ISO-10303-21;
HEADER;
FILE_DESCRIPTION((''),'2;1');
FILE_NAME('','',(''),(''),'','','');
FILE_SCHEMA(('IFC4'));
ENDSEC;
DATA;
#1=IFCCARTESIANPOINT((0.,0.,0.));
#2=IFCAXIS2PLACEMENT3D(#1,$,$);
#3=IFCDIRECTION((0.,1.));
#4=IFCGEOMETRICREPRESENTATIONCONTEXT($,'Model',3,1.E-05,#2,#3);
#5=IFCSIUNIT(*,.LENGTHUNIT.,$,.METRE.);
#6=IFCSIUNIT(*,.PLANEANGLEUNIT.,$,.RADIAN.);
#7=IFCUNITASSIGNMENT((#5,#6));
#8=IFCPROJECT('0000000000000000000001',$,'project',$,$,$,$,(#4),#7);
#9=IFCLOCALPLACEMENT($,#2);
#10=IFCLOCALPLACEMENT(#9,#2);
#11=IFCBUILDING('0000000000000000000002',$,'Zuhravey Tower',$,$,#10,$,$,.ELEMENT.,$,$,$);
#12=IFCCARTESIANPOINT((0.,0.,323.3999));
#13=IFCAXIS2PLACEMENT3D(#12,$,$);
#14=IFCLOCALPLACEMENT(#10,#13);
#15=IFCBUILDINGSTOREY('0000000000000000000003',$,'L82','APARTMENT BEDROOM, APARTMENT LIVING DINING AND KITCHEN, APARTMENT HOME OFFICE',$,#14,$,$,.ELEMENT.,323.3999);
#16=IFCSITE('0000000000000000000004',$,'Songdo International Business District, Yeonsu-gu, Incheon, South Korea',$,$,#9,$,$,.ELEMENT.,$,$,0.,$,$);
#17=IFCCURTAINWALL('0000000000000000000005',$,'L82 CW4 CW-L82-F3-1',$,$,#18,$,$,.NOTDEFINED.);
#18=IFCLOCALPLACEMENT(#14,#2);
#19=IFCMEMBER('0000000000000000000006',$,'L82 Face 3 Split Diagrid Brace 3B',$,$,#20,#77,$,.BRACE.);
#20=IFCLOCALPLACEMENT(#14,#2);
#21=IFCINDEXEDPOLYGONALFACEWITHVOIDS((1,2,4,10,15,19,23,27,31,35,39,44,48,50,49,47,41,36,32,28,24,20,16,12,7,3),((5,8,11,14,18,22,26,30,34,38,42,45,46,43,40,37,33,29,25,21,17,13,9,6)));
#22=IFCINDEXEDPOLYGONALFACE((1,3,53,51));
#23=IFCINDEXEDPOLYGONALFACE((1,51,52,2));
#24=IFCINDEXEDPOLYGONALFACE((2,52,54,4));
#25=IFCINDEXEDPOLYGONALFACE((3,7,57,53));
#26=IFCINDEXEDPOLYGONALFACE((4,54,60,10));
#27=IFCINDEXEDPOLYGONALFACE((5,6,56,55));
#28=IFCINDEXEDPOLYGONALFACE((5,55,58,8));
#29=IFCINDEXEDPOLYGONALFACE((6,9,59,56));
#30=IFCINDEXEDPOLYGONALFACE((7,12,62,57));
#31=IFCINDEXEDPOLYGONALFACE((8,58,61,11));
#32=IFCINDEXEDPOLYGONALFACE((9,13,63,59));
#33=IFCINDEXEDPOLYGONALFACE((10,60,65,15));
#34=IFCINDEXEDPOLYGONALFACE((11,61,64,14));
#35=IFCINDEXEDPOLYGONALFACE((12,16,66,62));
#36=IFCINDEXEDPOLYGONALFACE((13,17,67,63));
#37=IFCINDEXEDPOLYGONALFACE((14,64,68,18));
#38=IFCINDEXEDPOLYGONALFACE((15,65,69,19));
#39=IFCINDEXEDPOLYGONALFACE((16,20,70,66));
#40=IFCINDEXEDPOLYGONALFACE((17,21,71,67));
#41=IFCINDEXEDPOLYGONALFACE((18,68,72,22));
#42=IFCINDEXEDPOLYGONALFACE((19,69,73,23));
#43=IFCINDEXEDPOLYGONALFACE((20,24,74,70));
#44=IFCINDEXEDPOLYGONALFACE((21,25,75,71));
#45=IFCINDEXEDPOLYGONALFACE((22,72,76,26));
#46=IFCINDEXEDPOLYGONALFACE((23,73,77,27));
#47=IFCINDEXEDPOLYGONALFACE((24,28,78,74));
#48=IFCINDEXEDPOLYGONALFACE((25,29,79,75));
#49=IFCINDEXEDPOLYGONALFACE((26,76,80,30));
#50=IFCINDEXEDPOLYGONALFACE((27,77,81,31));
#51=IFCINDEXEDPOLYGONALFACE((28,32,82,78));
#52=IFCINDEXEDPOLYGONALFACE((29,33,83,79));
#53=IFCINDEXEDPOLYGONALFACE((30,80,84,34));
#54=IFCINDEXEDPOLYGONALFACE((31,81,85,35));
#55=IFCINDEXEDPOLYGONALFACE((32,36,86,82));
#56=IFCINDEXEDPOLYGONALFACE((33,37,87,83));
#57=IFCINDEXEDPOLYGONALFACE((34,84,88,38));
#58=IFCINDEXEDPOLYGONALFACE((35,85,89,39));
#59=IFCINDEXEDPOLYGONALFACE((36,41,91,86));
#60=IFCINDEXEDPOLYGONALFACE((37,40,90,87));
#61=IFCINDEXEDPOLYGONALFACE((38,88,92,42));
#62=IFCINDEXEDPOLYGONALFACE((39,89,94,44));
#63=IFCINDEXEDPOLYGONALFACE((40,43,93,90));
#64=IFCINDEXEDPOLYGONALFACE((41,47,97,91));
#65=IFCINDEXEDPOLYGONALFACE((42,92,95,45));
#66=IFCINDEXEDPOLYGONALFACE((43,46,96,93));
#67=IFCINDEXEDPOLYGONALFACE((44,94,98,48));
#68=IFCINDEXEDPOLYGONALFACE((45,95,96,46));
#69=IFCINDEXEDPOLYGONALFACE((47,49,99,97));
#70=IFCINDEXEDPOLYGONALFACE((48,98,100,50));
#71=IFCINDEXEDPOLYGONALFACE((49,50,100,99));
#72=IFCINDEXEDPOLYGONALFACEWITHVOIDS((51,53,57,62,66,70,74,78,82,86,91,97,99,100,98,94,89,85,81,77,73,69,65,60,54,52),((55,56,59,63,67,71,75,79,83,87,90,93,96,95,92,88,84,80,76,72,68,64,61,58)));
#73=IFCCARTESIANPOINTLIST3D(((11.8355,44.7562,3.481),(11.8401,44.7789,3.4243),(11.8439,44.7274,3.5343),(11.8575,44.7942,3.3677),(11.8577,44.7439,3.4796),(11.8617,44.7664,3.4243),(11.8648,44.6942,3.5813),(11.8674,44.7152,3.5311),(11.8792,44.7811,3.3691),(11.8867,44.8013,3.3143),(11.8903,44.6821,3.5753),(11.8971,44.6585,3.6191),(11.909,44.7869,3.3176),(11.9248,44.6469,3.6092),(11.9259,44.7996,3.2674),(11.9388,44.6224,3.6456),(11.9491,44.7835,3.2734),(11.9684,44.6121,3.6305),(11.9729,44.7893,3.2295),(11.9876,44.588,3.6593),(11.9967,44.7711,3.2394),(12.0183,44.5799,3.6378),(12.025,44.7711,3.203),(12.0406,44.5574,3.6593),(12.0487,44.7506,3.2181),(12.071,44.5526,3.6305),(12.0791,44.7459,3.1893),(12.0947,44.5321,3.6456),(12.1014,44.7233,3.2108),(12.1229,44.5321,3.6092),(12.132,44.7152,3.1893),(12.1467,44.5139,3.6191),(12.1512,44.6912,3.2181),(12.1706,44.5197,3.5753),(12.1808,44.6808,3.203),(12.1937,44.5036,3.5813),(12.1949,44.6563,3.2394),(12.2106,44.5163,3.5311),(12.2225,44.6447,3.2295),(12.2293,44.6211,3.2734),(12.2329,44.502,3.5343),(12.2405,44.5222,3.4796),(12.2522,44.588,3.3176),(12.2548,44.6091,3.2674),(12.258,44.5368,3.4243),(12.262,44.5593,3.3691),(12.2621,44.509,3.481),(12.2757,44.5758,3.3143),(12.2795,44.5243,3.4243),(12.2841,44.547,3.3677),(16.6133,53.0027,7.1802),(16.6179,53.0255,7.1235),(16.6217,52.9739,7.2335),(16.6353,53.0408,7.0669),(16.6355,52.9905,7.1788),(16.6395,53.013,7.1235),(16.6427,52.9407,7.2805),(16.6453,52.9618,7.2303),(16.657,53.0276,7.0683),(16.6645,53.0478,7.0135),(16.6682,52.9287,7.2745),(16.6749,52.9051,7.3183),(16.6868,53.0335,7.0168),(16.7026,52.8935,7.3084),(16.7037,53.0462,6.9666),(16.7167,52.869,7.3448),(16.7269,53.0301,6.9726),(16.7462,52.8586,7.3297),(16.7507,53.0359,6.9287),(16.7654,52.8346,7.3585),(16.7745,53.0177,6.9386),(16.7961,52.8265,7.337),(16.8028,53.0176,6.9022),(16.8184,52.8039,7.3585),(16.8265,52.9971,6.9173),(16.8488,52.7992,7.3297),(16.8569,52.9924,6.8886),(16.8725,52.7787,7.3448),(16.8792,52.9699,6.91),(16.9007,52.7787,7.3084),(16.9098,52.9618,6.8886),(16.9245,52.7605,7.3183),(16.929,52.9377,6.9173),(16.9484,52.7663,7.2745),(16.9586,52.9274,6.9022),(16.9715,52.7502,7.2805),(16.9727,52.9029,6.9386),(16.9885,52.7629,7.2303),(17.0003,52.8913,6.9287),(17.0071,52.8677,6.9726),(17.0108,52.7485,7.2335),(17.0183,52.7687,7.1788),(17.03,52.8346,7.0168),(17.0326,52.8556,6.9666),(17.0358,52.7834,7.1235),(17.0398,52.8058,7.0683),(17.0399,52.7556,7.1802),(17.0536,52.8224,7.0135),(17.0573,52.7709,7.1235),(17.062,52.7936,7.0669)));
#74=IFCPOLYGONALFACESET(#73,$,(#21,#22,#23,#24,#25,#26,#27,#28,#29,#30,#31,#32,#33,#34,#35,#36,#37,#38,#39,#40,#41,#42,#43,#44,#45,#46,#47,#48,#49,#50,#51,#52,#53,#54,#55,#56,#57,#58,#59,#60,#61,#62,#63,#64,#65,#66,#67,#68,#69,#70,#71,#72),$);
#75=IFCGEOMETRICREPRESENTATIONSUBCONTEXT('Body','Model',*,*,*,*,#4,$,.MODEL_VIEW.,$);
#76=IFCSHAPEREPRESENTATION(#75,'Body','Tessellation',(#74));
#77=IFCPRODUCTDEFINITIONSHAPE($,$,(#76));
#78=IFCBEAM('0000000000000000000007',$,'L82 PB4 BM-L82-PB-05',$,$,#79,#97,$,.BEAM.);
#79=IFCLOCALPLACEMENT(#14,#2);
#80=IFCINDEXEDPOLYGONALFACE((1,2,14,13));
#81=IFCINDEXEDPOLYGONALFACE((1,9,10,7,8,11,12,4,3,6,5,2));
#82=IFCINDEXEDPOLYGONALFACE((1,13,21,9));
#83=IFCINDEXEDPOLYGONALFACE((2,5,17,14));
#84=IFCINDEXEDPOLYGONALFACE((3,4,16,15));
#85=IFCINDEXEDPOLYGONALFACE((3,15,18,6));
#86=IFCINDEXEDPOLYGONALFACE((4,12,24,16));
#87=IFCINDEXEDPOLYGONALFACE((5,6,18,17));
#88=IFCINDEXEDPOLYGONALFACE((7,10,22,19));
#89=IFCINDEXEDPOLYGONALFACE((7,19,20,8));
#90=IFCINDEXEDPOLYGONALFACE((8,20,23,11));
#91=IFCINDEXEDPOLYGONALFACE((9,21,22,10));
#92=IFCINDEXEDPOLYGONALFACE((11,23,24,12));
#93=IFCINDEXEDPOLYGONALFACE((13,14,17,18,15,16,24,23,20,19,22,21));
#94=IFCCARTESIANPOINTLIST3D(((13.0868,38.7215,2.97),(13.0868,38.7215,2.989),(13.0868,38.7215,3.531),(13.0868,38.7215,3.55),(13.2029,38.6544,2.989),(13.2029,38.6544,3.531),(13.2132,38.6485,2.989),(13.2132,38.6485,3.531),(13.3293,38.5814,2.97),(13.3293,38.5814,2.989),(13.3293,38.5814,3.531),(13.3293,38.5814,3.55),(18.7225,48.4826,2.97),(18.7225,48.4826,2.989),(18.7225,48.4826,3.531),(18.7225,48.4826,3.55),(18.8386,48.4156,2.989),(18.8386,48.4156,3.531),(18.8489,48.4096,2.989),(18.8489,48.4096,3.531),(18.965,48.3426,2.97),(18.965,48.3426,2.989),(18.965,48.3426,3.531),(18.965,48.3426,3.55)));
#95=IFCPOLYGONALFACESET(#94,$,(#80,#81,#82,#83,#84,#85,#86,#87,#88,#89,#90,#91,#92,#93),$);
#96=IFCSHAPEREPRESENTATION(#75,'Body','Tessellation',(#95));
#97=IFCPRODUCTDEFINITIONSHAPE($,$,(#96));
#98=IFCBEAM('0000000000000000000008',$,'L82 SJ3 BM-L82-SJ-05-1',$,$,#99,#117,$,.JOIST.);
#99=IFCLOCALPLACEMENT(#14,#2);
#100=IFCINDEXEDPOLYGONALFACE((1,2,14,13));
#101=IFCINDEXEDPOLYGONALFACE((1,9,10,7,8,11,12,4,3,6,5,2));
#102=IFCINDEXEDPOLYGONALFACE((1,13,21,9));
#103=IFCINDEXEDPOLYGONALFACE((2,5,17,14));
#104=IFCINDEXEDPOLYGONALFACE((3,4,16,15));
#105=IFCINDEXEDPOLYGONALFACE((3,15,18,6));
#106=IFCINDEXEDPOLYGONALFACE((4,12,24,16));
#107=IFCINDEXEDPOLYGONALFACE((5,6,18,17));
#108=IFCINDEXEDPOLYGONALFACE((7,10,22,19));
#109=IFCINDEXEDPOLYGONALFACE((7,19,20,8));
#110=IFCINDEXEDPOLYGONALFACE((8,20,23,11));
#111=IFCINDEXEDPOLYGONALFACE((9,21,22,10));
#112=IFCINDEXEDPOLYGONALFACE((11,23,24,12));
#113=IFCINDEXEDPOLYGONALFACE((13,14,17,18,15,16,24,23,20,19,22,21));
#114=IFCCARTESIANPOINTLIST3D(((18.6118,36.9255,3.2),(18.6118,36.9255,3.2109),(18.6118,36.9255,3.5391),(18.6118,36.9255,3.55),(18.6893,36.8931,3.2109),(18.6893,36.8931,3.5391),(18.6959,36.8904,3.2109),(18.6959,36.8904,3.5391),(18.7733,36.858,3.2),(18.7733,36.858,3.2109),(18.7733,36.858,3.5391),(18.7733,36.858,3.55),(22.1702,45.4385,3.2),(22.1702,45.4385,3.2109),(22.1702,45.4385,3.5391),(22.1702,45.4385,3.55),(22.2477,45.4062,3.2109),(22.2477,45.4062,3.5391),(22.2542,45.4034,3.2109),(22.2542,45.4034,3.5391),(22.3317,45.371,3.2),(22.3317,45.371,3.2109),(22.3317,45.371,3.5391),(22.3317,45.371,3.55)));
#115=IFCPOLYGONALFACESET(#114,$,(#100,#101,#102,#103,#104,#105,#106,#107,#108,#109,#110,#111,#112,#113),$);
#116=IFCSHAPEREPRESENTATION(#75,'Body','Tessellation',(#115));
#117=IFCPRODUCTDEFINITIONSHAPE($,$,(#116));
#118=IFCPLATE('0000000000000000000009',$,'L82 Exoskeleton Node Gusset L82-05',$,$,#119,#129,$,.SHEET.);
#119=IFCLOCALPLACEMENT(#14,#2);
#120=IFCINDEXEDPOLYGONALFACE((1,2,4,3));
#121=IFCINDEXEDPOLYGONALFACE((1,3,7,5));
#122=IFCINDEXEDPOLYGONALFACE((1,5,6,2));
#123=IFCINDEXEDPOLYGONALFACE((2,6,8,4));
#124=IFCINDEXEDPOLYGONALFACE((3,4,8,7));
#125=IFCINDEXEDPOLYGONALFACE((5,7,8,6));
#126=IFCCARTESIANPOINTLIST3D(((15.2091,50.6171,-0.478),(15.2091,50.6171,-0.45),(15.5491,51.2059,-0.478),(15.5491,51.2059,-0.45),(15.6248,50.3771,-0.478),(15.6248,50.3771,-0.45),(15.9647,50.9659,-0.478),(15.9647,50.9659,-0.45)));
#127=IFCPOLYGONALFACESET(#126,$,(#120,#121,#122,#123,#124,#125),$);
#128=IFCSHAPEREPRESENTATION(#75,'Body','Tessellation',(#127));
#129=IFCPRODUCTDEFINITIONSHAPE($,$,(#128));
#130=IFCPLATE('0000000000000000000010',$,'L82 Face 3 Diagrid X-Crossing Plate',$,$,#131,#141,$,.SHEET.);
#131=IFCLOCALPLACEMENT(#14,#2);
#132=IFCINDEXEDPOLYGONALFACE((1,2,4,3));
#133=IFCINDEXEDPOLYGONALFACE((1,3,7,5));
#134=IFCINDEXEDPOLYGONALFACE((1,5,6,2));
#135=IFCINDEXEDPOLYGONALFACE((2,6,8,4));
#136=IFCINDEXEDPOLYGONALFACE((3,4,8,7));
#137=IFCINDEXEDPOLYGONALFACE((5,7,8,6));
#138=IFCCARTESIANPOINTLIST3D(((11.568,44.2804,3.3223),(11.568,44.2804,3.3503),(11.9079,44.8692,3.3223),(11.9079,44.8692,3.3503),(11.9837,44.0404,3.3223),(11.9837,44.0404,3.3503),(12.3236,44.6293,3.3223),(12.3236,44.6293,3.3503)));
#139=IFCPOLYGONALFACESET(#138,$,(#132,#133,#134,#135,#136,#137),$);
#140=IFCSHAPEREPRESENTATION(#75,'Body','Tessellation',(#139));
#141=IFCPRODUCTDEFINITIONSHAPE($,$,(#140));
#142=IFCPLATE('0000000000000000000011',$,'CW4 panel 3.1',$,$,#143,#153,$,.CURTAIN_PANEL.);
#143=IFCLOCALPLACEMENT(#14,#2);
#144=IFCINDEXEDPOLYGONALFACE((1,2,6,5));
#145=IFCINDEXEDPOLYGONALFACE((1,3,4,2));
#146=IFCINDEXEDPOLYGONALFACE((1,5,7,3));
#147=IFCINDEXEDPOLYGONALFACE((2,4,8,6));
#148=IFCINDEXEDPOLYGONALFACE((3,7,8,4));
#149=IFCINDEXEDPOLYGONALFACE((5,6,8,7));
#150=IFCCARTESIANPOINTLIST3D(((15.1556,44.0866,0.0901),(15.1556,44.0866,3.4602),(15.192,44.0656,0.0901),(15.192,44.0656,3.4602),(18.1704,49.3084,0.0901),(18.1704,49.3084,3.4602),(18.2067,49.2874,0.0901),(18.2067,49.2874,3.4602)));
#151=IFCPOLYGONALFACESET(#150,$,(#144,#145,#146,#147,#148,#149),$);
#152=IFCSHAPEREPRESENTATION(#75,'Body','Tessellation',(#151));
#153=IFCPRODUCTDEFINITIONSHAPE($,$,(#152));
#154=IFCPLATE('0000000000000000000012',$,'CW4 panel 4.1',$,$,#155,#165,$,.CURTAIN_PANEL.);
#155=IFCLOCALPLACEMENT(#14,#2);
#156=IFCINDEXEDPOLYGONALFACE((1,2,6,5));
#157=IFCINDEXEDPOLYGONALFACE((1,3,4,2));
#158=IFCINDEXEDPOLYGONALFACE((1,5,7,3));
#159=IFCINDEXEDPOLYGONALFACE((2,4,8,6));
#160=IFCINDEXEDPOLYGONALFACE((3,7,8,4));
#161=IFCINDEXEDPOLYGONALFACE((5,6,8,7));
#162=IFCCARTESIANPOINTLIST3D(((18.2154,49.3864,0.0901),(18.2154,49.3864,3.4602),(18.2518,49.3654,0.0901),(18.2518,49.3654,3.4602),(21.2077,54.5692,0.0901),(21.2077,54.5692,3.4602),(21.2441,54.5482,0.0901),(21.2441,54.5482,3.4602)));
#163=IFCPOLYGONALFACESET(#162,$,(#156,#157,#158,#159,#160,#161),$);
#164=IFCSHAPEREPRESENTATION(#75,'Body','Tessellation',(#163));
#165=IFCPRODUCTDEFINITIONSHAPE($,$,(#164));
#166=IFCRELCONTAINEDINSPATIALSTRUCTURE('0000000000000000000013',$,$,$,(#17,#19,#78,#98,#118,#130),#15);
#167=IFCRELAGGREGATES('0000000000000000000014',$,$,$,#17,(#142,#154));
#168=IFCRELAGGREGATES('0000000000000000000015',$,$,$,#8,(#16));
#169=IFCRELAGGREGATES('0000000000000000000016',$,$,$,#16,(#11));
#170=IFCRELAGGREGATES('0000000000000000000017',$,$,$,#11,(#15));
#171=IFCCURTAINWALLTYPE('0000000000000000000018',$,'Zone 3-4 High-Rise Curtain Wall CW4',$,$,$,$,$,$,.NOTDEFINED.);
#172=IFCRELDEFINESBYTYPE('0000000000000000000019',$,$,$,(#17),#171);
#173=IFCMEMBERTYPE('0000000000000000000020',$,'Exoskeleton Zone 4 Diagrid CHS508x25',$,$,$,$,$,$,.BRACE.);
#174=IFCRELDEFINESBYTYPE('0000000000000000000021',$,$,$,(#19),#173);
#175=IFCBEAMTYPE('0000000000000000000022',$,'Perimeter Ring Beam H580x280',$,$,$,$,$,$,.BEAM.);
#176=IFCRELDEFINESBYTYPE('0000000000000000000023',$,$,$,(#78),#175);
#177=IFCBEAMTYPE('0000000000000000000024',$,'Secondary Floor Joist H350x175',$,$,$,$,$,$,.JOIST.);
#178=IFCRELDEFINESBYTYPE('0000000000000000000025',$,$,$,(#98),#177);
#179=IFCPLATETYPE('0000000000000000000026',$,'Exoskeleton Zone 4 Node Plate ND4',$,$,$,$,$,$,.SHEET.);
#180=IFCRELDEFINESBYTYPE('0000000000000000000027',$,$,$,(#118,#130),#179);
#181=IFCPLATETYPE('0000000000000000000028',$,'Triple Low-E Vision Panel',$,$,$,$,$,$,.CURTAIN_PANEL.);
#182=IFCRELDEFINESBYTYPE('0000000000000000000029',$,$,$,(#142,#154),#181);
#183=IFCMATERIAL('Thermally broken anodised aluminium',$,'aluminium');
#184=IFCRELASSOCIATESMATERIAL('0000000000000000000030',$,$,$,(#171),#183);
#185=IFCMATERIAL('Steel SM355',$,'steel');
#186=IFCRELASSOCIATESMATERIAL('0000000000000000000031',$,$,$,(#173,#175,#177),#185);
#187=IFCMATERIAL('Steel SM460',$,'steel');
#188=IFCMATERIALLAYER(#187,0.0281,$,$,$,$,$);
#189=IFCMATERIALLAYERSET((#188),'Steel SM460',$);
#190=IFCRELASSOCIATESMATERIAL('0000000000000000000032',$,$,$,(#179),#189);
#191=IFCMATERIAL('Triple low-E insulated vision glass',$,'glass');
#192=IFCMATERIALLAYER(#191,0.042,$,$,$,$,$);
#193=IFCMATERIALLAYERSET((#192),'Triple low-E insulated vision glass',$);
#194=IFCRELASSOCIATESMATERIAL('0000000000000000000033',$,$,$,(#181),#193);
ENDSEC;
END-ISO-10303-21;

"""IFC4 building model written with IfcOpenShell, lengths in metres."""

from ifc_helpers import new_model, si_unit, direction, frame, origin, origin_2d, place, context, subcontext, project, spatial, rectangle, hollow_circle, i_section, extrude, material, layer, layer_set, material_profile, profile_set, type_object, element, aggregate, save


model = new_model("IFC4")

# Units and contexts
model_context = context("Model", 3, precision=1e-05, world=origin(), true_north=direction((0.0, 1.0)))
body_context = subcontext(model_context, "Body", "Model", "MODEL_VIEW")
ifc_project = project(units=[si_unit("LENGTHUNIT", "METRE"), si_unit("PLANEANGLEUNIT", "RADIAN")], contexts=[model_context])

# Site, building, storey
site_placement = place(None, origin())
site = spatial("IfcSite", under=ifc_project, at=site_placement, Name="Songdo International Business District, Yeonsu-gu, Incheon, South Korea", CompositionType="ELEMENT", RefElevation=0.0)
building_placement = place(site_placement, origin())
building = spatial("IfcBuilding", under=site, at=building_placement, Name="Zuhravey Tower", CompositionType="ELEMENT")
storey_placement = place(building_placement, frame((0.0, 0.0, 323.3999)))
storey = spatial("IfcBuildingStorey", under=building, at=storey_placement, Name="L82", Description="APARTMENT BEDROOM, APARTMENT LIVING DINING AND KITCHEN, APARTMENT HOME OFFICE", CompositionType="ELEMENT", Elevation=323.3999)

# Curtain wall
ifc_material_1 = material(Name="Thermally broken anodised aluminium", Category="aluminium")
curtain_wall_type = type_object("IfcCurtainWallType", Name="Zone 3-4 High-Rise Curtain Wall CW4", PredefinedType="NOTDEFINED", material=ifc_material_1)
curtain_wall_1_placement = place(storey_placement, origin())
curtain_wall_1 = element("IfcCurtainWall", 1, at=curtain_wall_1_placement, inside=storey, type_object=curtain_wall_type, Name="L82 CW4 CW-L82-F3-1", PredefinedType="NOTDEFINED")

# Member
ifc_material_2 = material(Name="Steel SM355", Category="steel")
ifc_material_profile_1 = material_profile(ifc_material_2, hollow_circle(Radius=0.2539, WallThickness=0.0249, at=origin_2d()), Name="CHS-508.0x25")
ifc_profile_set_1 = profile_set([ifc_material_profile_1], Name="Steel SM355")
member_type_1 = type_object("IfcMemberType", Name="Exoskeleton Zone 4 Diagrid CHS508x25", PredefinedType="BRACE", material=ifc_profile_set_1)
member_1_placement = place(storey_placement, frame((12.0598, 44.6516, 3.4243), z_axis=(0.467343, 0.806638, 0.361838), x_axis=(-0.865267, 0.501311, 0.0)))
element("IfcMember", 2, at=member_1_placement, inside=storey, type_object=member_type_1, Name="L82 Face 3 Split Diagrid Brace 3B", PredefinedType="BRACE", context=body_context, shape_type="SweptSolid", body=[
    extrude(hollow_circle(Radius=0.2539, WallThickness=0.0249, at=origin_2d()), origin(), (0.0, 0.0, 1.0), 10.2234),
])

# Beams
ifc_material_profile_2 = material_profile(ifc_material_2, i_section(OverallWidth=0.28, OverallDepth=0.5801, WebThickness=0.012, FlangeThickness=0.019, at=origin_2d()), Name="H-580x280x12x19")
ifc_profile_set_2 = profile_set([ifc_material_profile_2], Name="Steel SM355")
beam_type_1 = type_object("IfcBeamType", Name="Perimeter Ring Beam H580x280", PredefinedType="BEAM", material=ifc_profile_set_2)
beam_1_placement = place(storey_placement, frame((18.8438, 48.4126, 3.26), z_axis=(-0.500006, -0.866022, 0.0), x_axis=(0.866022, -0.500006, 0.0)))
element("IfcBeam", 3, at=beam_1_placement, inside=storey, type_object=beam_type_1, Name="L82 PB4 BM-L82-PB-05", PredefinedType="BEAM", context=body_context, shape_type="SweptSolid", body=[
    extrude(i_section(OverallWidth=0.28, OverallDepth=0.5801, WebThickness=0.012, FlangeThickness=0.019, at=origin_2d()), origin(), (0.0, 0.0, 1.0), 11.2712),
])
ifc_material_profile_3 = material_profile(ifc_material_2, i_section(OverallWidth=0.175, OverallDepth=0.3501, WebThickness=0.0071, FlangeThickness=0.011, at=origin_2d()), Name="H-350x175x7x11")
ifc_profile_set_3 = profile_set([ifc_material_profile_3], Name="Steel SM355")
beam_type_2 = type_object("IfcBeamType", Name="Secondary Floor Joist H350x175", PredefinedType="JOIST", material=ifc_profile_set_3)
beam_2_placement = place(storey_placement, frame((22.251, 45.4048, 3.375), z_axis=(-0.385658, -0.922642, 0.0), x_axis=(0.922642, -0.385658, 0.0)))
element("IfcBeam", 4, at=beam_2_placement, inside=storey, type_object=beam_type_2, Name="L82 SJ3 BM-L82-SJ-05-1", PredefinedType="JOIST", context=body_context, shape_type="SweptSolid", body=[
    extrude(i_section(OverallWidth=0.175, OverallDepth=0.3501, WebThickness=0.0071, FlangeThickness=0.011, at=origin_2d()), origin(), (0.0, 0.0, 1.0), 9.2268),
])

# Plates
ifc_material_3 = material(Name="Steel SM460", Category="steel")
ifc_layer_1 = layer(ifc_material_3, 0.0281)
ifc_layer_set_1 = layer_set([ifc_layer_1], Name="Steel SM460")
plate_type_1 = type_object("IfcPlateType", Name="Exoskeleton Zone 4 Node Plate ND4", PredefinedType="SHEET", material=ifc_layer_set_1)
for number, where, z_axis, x_axis, name in (
    (5, (15.5869, 50.7915, -0.478), (0.0, 0.0, 1.0), (-0.5, -0.866025, 0.0), "L82 Exoskeleton Node Gusset L82-05"),
    (6, (11.9458, 44.4548, 3.3223), (0.0, 0.0, 1.0), (-0.5, -0.866025, 0.0), "L82 Face 3 Diagrid X-Crossing Plate"),
):
    element("IfcPlate", number, at=place(storey_placement, frame(where, z_axis=z_axis, x_axis=x_axis)), inside=storey, type_object=plate_type_1, Name=name, PredefinedType="SHEET", context=body_context, shape_type="SweptSolid", body=[
        extrude(rectangle(XDim=0.6799, YDim=0.48, at=origin_2d()), origin(), (0.0, 0.0, 1.0), 0.0281),
    ])

# Plates
ifc_material_4 = material(Name="Triple low-E insulated vision glass", Category="glass")
ifc_layer_2 = layer(ifc_material_4, 0.042)
ifc_layer_set_2 = layer_set([ifc_layer_2], Name="Triple low-E insulated vision glass")
plate_type_2 = type_object("IfcPlateType", Name="Triple Low-E Vision Panel", PredefinedType="CURTAIN_PANEL", material=ifc_layer_set_2)
plate_1_placement = place(storey_placement, frame((16.6812, 46.687, 0.0901), z_axis=(0.0, 0.0, 1.0), x_axis=(0.5, 0.866026, 0.0)))
plate_1 = element("IfcPlate", 7, at=plate_1_placement, type_object=plate_type_2, Name="CW4 panel 3.1", PredefinedType="CURTAIN_PANEL", context=body_context, shape_type="SweptSolid", body=[
    extrude(rectangle(XDim=6.0295, YDim=0.042, at=origin_2d()), origin(), (0.0, 0.0, 1.0), 3.3701),
])
plate_2_placement = place(storey_placement, frame((19.7297, 51.9673, 0.0901), z_axis=(0.0, 0.0, 1.0), x_axis=(0.5, 0.866026, 0.0)))
plate_2 = element("IfcPlate", 8, at=plate_2_placement, type_object=plate_type_2, Name="CW4 panel 4.1", PredefinedType="CURTAIN_PANEL", context=body_context, shape_type="SweptSolid", body=[
    extrude(rectangle(XDim=5.9846, YDim=0.042, at=origin_2d()), origin(), (0.0, 0.0, 1.0), 3.3701),
])
aggregate(curtain_wall_1, [plate_1, plate_2])

save(model, "model.ifc")
